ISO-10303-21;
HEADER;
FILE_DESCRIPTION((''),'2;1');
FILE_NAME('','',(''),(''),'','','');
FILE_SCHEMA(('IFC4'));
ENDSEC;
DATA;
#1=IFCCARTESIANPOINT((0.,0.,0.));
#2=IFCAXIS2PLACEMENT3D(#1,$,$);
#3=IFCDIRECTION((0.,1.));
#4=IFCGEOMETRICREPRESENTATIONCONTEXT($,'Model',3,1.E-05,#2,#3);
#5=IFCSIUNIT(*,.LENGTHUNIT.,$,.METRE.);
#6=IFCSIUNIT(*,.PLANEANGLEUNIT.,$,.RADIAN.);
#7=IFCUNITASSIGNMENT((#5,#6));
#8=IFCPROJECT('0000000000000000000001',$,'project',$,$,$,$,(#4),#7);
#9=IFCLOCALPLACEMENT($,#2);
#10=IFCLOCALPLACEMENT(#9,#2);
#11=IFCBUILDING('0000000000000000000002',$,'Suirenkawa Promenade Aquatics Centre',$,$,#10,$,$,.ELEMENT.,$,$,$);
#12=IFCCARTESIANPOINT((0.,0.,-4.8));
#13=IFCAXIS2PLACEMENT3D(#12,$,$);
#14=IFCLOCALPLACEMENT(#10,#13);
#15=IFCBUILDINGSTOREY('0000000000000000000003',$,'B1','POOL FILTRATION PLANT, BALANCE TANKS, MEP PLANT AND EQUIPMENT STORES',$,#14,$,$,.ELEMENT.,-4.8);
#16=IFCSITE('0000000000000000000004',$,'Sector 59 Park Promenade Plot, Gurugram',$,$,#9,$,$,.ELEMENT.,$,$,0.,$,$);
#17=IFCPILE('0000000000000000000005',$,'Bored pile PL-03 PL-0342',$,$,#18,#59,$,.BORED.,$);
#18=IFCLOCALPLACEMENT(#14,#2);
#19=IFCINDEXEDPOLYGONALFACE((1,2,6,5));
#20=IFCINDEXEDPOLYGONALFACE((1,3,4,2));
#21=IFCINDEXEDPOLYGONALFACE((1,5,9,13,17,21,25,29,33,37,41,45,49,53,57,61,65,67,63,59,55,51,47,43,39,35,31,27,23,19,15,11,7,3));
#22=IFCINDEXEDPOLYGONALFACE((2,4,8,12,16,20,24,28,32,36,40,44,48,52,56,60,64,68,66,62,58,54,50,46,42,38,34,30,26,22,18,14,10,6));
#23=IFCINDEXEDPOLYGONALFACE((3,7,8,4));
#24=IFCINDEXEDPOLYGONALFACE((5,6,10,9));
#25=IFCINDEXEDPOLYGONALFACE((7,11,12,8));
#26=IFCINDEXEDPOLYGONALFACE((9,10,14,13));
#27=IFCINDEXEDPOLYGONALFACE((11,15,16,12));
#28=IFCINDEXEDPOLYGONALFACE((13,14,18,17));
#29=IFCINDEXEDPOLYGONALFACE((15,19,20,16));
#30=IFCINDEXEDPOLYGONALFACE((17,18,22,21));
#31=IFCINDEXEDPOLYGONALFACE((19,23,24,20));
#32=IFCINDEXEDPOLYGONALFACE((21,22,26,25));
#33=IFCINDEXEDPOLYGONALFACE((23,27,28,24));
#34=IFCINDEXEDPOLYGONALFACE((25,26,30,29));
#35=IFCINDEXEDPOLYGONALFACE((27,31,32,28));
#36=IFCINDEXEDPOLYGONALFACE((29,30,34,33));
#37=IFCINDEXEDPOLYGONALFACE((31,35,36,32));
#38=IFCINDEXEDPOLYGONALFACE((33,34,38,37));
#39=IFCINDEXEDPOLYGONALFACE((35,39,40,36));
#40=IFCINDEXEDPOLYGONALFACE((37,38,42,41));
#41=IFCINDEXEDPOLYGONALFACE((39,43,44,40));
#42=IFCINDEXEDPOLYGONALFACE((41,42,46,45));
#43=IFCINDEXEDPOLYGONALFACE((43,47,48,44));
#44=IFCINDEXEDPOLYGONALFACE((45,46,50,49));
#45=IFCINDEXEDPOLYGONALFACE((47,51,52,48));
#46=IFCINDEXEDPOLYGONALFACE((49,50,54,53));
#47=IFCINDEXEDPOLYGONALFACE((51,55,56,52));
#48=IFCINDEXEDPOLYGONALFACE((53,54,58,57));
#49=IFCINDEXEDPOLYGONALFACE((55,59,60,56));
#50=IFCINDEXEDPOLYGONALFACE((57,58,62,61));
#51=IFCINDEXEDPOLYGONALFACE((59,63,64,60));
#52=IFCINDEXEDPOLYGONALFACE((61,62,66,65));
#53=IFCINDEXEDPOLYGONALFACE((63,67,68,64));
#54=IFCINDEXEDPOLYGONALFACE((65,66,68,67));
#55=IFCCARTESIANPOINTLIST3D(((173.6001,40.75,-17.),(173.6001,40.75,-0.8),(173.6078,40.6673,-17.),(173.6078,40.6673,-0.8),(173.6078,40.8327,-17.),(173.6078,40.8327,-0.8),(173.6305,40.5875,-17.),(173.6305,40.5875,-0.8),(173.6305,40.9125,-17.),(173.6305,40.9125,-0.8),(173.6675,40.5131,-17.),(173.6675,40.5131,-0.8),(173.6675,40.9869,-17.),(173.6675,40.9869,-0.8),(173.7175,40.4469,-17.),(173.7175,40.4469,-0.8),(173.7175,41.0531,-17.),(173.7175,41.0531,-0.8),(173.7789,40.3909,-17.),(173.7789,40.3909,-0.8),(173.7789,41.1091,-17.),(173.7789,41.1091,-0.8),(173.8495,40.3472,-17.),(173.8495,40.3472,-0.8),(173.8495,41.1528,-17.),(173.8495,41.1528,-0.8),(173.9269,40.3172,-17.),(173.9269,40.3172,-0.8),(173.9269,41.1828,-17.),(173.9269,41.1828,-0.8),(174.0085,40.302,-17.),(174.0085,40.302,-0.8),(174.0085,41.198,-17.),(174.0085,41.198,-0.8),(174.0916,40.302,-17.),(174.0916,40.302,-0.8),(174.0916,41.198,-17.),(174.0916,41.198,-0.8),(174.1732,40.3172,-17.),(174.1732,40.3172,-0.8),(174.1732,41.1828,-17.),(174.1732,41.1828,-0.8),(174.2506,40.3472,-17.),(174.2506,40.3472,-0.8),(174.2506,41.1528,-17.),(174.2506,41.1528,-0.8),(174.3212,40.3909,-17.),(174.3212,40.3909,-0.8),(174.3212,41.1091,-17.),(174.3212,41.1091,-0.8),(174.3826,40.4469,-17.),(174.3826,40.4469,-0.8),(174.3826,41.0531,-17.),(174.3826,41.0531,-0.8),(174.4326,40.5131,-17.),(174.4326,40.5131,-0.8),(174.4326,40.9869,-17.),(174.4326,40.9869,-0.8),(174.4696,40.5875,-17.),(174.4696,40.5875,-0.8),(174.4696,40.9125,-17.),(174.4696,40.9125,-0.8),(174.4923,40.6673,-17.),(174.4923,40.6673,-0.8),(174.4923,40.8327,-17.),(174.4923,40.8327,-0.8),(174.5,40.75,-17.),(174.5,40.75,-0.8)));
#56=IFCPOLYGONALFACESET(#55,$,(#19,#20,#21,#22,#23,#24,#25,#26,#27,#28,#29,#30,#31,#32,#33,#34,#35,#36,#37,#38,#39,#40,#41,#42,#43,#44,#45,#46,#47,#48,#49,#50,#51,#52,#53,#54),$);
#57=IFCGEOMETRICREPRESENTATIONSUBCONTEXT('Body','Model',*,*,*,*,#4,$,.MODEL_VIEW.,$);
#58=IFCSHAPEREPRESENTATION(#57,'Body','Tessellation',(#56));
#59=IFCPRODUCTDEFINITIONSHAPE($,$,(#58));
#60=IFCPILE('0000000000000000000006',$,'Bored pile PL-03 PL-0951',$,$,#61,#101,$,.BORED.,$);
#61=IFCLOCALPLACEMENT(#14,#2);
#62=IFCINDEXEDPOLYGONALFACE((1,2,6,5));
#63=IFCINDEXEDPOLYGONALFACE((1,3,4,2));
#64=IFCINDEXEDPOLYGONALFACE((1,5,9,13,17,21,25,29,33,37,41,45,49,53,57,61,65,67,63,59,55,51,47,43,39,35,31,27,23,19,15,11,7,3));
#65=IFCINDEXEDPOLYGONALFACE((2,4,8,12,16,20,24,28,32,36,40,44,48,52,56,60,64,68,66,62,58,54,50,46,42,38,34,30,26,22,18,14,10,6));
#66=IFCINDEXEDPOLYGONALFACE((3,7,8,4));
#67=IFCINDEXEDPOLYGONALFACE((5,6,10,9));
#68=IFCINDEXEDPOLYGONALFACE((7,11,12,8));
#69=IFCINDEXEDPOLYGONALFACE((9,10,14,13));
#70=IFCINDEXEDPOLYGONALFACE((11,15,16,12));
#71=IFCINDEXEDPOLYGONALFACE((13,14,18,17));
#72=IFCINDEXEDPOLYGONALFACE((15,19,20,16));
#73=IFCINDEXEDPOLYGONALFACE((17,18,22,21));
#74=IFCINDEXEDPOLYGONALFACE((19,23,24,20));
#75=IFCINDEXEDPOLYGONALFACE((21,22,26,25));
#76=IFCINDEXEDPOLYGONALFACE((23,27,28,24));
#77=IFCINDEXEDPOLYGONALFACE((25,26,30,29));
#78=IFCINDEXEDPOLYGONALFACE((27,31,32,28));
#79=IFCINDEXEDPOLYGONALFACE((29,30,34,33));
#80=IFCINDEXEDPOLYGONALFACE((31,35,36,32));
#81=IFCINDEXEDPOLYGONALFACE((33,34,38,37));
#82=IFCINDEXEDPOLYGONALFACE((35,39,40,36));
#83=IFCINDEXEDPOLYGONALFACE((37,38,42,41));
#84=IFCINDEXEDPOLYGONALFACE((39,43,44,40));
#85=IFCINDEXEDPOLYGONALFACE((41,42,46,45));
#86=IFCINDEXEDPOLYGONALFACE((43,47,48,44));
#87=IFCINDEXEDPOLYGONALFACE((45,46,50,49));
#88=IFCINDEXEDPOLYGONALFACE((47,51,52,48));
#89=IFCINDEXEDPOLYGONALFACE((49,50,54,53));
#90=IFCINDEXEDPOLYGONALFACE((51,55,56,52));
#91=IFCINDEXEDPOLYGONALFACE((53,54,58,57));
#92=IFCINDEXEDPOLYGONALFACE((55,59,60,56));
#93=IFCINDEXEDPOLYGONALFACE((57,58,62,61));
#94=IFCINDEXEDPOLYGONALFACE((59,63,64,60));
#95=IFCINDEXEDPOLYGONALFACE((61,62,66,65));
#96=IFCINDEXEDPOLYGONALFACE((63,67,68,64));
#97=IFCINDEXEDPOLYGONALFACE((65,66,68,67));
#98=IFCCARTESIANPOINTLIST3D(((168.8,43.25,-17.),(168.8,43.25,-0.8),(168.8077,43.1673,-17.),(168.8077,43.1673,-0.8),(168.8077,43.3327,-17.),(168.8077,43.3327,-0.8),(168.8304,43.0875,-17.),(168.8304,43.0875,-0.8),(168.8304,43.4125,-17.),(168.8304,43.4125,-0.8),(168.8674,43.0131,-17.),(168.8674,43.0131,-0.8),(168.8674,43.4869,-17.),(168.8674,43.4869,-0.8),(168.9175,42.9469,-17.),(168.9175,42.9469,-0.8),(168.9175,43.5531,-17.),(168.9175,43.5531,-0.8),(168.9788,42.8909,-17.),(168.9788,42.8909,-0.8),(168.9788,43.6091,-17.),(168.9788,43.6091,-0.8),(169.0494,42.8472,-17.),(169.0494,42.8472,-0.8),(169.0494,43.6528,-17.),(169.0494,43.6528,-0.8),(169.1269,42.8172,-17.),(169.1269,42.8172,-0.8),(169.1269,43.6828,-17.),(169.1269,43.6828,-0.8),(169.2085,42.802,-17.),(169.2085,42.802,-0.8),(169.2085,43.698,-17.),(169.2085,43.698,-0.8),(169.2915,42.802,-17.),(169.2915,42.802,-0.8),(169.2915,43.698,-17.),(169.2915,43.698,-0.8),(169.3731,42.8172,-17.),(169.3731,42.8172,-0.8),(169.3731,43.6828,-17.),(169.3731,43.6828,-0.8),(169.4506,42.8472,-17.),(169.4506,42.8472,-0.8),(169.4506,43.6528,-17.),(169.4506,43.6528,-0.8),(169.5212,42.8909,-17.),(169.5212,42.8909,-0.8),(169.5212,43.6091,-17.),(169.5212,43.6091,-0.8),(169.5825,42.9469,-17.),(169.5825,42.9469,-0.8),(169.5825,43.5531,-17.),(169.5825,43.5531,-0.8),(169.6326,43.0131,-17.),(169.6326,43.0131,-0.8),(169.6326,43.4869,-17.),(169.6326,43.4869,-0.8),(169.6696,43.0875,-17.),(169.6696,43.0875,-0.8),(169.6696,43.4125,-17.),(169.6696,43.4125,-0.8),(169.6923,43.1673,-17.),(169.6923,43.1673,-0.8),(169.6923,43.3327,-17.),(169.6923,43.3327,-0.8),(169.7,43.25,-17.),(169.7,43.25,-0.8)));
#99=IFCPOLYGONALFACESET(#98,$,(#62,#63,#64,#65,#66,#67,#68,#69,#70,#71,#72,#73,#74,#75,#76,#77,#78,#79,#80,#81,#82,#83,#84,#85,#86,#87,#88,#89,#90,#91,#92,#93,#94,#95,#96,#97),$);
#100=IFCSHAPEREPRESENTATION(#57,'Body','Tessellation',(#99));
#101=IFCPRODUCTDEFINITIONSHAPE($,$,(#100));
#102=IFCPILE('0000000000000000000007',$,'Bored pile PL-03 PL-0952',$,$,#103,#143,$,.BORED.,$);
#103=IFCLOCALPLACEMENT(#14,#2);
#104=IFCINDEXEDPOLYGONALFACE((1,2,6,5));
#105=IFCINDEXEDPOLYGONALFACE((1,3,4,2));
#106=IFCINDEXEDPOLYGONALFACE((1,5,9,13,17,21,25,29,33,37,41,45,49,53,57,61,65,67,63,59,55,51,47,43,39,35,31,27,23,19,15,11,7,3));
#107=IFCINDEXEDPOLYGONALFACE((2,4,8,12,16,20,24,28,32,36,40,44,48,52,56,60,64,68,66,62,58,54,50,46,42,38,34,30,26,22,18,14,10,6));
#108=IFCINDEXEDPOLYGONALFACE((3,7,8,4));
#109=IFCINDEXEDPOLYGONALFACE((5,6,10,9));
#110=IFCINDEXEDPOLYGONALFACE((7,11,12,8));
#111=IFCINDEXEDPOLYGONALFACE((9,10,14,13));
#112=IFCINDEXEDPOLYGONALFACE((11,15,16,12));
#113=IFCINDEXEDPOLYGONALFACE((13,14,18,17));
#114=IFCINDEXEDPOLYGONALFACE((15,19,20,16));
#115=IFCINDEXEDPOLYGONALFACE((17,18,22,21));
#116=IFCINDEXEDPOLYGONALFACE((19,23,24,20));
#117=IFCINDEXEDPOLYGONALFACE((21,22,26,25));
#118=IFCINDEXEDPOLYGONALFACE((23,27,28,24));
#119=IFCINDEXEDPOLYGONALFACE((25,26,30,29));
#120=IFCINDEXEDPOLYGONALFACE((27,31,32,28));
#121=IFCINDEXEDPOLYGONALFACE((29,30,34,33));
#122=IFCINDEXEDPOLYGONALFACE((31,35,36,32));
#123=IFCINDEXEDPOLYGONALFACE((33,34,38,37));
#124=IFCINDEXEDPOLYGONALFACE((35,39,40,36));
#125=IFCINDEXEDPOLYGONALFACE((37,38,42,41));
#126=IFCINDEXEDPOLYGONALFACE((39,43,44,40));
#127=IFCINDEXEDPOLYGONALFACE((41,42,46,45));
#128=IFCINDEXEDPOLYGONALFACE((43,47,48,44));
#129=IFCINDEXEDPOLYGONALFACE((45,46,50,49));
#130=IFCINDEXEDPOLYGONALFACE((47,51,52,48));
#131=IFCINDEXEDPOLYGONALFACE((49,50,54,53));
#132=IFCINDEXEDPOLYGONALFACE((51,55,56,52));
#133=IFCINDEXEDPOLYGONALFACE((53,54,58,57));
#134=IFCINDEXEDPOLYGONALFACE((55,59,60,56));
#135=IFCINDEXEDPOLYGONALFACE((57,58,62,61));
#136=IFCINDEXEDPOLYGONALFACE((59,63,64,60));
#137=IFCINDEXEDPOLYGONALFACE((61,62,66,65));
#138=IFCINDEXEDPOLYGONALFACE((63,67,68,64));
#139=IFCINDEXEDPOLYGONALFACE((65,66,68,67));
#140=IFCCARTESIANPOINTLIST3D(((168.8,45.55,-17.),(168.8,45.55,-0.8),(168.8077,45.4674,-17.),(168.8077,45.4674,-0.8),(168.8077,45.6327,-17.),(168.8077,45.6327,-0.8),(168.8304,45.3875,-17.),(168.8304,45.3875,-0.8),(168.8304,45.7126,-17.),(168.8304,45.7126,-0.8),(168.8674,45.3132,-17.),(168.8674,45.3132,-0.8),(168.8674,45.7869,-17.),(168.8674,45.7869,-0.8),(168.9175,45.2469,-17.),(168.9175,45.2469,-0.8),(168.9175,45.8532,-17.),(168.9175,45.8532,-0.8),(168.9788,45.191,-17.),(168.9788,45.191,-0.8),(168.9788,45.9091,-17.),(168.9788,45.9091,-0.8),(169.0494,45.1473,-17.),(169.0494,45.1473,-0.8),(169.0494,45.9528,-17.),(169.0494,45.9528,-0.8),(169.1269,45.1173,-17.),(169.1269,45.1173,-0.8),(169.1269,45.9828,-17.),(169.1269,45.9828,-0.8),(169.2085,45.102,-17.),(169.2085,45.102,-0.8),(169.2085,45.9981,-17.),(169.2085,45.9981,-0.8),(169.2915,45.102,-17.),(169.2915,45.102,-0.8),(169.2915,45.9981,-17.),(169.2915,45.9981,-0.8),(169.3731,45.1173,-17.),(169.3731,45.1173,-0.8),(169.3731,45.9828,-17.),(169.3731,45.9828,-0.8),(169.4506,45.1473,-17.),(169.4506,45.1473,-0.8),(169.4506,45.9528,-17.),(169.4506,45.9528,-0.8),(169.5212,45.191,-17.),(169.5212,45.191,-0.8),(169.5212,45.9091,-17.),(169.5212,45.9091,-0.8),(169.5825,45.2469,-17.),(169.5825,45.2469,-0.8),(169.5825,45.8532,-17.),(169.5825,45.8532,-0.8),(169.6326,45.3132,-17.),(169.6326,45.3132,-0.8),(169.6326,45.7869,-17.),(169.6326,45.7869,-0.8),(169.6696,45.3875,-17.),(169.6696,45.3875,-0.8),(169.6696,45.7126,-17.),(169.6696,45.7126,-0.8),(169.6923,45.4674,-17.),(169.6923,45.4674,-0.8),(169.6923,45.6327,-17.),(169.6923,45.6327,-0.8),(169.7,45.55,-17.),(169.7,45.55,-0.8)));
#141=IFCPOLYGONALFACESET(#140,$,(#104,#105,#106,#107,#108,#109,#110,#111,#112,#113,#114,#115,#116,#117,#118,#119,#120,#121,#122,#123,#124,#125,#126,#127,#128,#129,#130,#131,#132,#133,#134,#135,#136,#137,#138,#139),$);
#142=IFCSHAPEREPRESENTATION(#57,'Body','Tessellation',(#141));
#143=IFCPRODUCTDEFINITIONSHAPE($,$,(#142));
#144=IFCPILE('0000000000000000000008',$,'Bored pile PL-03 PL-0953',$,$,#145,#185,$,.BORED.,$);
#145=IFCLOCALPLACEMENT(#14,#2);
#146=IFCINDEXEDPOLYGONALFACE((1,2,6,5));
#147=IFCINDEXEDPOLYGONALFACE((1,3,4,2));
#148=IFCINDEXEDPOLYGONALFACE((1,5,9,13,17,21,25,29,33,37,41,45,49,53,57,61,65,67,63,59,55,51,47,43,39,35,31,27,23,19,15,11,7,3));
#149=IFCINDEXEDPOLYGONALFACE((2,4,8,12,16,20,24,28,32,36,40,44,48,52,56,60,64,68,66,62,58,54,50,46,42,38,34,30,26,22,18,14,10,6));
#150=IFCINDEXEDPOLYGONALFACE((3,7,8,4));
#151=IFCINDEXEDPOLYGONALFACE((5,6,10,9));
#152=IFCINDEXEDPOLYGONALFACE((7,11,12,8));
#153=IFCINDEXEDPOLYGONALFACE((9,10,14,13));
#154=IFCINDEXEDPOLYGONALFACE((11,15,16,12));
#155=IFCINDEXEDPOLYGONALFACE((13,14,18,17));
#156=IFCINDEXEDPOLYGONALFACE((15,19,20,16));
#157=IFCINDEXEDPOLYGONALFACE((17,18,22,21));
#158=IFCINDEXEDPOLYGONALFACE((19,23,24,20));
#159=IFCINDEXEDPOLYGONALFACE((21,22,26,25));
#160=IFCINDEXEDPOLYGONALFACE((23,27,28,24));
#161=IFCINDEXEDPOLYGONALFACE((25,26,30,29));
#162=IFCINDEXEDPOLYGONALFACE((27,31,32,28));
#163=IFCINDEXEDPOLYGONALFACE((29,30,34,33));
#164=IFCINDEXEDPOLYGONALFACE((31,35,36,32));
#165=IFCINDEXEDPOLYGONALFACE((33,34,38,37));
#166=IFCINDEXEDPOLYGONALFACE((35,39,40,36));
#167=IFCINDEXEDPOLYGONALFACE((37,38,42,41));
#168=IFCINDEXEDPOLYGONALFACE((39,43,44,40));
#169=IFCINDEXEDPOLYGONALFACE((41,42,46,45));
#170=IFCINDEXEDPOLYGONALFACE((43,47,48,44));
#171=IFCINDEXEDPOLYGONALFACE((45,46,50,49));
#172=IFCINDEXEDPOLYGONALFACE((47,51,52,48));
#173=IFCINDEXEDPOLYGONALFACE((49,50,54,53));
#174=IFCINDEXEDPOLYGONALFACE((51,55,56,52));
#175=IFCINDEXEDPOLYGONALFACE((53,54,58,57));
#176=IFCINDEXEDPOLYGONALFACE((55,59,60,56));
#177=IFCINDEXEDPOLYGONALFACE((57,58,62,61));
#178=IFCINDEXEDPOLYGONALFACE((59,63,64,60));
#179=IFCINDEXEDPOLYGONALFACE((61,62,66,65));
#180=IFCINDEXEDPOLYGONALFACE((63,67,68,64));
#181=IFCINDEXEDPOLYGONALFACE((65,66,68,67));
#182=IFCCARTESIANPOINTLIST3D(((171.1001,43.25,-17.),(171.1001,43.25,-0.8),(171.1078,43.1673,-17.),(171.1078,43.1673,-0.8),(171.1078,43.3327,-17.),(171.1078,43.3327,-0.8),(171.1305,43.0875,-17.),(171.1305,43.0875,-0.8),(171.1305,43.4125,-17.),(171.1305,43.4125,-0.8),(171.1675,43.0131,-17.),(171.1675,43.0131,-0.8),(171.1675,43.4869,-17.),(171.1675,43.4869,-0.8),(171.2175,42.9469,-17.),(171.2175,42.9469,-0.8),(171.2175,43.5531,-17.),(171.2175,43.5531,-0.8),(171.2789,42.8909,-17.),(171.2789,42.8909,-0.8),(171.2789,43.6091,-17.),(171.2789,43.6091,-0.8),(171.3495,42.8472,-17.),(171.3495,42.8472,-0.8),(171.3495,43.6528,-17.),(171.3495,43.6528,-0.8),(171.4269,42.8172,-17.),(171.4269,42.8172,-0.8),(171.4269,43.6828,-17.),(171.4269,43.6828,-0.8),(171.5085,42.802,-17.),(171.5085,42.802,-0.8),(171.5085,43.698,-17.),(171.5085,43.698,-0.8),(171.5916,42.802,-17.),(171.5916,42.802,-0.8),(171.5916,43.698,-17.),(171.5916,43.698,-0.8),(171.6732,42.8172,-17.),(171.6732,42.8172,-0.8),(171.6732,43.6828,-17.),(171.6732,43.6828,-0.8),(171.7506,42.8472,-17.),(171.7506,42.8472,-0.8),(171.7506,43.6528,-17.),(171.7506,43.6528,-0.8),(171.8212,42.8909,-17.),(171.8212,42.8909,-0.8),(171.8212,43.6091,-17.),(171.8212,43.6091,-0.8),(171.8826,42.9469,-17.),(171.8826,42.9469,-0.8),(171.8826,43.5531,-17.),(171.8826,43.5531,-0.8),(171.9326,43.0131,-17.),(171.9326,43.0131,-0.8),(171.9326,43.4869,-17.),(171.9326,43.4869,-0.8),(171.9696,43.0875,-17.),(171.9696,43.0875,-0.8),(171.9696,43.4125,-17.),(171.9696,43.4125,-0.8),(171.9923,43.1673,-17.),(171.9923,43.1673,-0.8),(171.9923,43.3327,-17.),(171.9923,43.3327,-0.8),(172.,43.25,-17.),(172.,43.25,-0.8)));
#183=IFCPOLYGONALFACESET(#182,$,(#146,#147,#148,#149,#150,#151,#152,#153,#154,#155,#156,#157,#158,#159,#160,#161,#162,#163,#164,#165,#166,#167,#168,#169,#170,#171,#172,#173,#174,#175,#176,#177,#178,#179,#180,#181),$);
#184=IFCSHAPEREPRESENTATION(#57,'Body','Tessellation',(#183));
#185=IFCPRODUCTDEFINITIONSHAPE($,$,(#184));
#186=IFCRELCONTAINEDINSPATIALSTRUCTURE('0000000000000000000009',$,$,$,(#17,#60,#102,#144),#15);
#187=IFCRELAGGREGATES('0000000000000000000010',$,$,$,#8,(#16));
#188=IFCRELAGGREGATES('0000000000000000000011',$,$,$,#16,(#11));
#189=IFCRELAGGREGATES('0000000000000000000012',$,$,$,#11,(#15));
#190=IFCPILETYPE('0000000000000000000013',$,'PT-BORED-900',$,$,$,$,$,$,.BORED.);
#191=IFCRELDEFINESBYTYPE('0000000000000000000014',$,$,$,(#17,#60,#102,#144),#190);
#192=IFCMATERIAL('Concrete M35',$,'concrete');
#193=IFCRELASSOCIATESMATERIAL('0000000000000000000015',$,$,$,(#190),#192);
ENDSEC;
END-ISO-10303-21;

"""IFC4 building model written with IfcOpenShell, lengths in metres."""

from ifc_helpers import new_model, si_unit, direction, frame, origin, origin_2d, place, context, subcontext, project, spatial, circle, extrude, material, material_profile, profile_set, type_object, element, save


model = new_model("IFC4")

# Units and contexts
model_context = context("Model", 3, precision=1e-05, world=origin(), true_north=direction((0.0, 1.0)))
body_context = subcontext(model_context, "Body", "Model", "MODEL_VIEW")
ifc_project = project(units=[si_unit("LENGTHUNIT", "METRE"), si_unit("PLANEANGLEUNIT", "RADIAN")], contexts=[model_context])

# Site, building, storey
site_placement = place(None, origin())
site = spatial("IfcSite", under=ifc_project, at=site_placement, Name="Sector 59 Park Promenade Plot, Gurugram", CompositionType="ELEMENT", RefElevation=0.0)
building_placement = place(site_placement, origin())
building = spatial("IfcBuilding", under=site, at=building_placement, Name="Suirenkawa Promenade Aquatics Centre", CompositionType="ELEMENT")
storey_placement = place(building_placement, frame((0.0, 0.0, -4.8)))
storey = spatial("IfcBuildingStorey", under=building, at=storey_placement, Name="B1", Description="POOL FILTRATION PLANT, BALANCE TANKS, MEP PLANT AND EQUIPMENT STORES", CompositionType="ELEMENT", Elevation=-4.8)

# Shared definitions
ifc_material_1 = material(Name="Concrete M35", Category="concrete")

# Piles
ifc_material_profile_1 = material_profile(ifc_material_1, circle(Radius=0.45, at=origin_2d()), Name="PILE D900", Category="concrete")
ifc_profile_set_1 = profile_set([ifc_material_profile_1], Name="Concrete M35")
pile_type_1 = type_object("IfcPileType", Name="PT-BORED-900", PredefinedType="BORED", material=ifc_profile_set_1)
for number, where, z_axis, x_axis, name in (
    (1, (174.05, 40.75, -0.8), (0.0, 0.0, -1.0), (1.0, 0.0, 0.0), "Bored pile PL-03 PL-0342"),
    (2, (169.25, 43.25, -0.8), (0.0, 0.0, -1.0), (1.0, 0.0, 0.0), "Bored pile PL-03 PL-0951"),
    (3, (169.25, 45.55, -0.8), (0.0, 0.0, -1.0), (1.0, 0.0, 0.0), "Bored pile PL-03 PL-0952"),
    (4, (171.55, 43.25, -0.8), (0.0, 0.0, -1.0), (1.0, 0.0, 0.0), "Bored pile PL-03 PL-0953"),
):
    element("IfcPile", number, at=place(storey_placement, frame(where, z_axis=z_axis, x_axis=x_axis)), inside=storey, type_object=pile_type_1, Name=name, PredefinedType="BORED", context=body_context, shape_type="SweptSolid", body=[
        extrude(circle(Radius=0.45, at=origin_2d()), origin(), (0.0, 0.0, 1.0), 16.2),
    ])

save(model, "model.ifc")
